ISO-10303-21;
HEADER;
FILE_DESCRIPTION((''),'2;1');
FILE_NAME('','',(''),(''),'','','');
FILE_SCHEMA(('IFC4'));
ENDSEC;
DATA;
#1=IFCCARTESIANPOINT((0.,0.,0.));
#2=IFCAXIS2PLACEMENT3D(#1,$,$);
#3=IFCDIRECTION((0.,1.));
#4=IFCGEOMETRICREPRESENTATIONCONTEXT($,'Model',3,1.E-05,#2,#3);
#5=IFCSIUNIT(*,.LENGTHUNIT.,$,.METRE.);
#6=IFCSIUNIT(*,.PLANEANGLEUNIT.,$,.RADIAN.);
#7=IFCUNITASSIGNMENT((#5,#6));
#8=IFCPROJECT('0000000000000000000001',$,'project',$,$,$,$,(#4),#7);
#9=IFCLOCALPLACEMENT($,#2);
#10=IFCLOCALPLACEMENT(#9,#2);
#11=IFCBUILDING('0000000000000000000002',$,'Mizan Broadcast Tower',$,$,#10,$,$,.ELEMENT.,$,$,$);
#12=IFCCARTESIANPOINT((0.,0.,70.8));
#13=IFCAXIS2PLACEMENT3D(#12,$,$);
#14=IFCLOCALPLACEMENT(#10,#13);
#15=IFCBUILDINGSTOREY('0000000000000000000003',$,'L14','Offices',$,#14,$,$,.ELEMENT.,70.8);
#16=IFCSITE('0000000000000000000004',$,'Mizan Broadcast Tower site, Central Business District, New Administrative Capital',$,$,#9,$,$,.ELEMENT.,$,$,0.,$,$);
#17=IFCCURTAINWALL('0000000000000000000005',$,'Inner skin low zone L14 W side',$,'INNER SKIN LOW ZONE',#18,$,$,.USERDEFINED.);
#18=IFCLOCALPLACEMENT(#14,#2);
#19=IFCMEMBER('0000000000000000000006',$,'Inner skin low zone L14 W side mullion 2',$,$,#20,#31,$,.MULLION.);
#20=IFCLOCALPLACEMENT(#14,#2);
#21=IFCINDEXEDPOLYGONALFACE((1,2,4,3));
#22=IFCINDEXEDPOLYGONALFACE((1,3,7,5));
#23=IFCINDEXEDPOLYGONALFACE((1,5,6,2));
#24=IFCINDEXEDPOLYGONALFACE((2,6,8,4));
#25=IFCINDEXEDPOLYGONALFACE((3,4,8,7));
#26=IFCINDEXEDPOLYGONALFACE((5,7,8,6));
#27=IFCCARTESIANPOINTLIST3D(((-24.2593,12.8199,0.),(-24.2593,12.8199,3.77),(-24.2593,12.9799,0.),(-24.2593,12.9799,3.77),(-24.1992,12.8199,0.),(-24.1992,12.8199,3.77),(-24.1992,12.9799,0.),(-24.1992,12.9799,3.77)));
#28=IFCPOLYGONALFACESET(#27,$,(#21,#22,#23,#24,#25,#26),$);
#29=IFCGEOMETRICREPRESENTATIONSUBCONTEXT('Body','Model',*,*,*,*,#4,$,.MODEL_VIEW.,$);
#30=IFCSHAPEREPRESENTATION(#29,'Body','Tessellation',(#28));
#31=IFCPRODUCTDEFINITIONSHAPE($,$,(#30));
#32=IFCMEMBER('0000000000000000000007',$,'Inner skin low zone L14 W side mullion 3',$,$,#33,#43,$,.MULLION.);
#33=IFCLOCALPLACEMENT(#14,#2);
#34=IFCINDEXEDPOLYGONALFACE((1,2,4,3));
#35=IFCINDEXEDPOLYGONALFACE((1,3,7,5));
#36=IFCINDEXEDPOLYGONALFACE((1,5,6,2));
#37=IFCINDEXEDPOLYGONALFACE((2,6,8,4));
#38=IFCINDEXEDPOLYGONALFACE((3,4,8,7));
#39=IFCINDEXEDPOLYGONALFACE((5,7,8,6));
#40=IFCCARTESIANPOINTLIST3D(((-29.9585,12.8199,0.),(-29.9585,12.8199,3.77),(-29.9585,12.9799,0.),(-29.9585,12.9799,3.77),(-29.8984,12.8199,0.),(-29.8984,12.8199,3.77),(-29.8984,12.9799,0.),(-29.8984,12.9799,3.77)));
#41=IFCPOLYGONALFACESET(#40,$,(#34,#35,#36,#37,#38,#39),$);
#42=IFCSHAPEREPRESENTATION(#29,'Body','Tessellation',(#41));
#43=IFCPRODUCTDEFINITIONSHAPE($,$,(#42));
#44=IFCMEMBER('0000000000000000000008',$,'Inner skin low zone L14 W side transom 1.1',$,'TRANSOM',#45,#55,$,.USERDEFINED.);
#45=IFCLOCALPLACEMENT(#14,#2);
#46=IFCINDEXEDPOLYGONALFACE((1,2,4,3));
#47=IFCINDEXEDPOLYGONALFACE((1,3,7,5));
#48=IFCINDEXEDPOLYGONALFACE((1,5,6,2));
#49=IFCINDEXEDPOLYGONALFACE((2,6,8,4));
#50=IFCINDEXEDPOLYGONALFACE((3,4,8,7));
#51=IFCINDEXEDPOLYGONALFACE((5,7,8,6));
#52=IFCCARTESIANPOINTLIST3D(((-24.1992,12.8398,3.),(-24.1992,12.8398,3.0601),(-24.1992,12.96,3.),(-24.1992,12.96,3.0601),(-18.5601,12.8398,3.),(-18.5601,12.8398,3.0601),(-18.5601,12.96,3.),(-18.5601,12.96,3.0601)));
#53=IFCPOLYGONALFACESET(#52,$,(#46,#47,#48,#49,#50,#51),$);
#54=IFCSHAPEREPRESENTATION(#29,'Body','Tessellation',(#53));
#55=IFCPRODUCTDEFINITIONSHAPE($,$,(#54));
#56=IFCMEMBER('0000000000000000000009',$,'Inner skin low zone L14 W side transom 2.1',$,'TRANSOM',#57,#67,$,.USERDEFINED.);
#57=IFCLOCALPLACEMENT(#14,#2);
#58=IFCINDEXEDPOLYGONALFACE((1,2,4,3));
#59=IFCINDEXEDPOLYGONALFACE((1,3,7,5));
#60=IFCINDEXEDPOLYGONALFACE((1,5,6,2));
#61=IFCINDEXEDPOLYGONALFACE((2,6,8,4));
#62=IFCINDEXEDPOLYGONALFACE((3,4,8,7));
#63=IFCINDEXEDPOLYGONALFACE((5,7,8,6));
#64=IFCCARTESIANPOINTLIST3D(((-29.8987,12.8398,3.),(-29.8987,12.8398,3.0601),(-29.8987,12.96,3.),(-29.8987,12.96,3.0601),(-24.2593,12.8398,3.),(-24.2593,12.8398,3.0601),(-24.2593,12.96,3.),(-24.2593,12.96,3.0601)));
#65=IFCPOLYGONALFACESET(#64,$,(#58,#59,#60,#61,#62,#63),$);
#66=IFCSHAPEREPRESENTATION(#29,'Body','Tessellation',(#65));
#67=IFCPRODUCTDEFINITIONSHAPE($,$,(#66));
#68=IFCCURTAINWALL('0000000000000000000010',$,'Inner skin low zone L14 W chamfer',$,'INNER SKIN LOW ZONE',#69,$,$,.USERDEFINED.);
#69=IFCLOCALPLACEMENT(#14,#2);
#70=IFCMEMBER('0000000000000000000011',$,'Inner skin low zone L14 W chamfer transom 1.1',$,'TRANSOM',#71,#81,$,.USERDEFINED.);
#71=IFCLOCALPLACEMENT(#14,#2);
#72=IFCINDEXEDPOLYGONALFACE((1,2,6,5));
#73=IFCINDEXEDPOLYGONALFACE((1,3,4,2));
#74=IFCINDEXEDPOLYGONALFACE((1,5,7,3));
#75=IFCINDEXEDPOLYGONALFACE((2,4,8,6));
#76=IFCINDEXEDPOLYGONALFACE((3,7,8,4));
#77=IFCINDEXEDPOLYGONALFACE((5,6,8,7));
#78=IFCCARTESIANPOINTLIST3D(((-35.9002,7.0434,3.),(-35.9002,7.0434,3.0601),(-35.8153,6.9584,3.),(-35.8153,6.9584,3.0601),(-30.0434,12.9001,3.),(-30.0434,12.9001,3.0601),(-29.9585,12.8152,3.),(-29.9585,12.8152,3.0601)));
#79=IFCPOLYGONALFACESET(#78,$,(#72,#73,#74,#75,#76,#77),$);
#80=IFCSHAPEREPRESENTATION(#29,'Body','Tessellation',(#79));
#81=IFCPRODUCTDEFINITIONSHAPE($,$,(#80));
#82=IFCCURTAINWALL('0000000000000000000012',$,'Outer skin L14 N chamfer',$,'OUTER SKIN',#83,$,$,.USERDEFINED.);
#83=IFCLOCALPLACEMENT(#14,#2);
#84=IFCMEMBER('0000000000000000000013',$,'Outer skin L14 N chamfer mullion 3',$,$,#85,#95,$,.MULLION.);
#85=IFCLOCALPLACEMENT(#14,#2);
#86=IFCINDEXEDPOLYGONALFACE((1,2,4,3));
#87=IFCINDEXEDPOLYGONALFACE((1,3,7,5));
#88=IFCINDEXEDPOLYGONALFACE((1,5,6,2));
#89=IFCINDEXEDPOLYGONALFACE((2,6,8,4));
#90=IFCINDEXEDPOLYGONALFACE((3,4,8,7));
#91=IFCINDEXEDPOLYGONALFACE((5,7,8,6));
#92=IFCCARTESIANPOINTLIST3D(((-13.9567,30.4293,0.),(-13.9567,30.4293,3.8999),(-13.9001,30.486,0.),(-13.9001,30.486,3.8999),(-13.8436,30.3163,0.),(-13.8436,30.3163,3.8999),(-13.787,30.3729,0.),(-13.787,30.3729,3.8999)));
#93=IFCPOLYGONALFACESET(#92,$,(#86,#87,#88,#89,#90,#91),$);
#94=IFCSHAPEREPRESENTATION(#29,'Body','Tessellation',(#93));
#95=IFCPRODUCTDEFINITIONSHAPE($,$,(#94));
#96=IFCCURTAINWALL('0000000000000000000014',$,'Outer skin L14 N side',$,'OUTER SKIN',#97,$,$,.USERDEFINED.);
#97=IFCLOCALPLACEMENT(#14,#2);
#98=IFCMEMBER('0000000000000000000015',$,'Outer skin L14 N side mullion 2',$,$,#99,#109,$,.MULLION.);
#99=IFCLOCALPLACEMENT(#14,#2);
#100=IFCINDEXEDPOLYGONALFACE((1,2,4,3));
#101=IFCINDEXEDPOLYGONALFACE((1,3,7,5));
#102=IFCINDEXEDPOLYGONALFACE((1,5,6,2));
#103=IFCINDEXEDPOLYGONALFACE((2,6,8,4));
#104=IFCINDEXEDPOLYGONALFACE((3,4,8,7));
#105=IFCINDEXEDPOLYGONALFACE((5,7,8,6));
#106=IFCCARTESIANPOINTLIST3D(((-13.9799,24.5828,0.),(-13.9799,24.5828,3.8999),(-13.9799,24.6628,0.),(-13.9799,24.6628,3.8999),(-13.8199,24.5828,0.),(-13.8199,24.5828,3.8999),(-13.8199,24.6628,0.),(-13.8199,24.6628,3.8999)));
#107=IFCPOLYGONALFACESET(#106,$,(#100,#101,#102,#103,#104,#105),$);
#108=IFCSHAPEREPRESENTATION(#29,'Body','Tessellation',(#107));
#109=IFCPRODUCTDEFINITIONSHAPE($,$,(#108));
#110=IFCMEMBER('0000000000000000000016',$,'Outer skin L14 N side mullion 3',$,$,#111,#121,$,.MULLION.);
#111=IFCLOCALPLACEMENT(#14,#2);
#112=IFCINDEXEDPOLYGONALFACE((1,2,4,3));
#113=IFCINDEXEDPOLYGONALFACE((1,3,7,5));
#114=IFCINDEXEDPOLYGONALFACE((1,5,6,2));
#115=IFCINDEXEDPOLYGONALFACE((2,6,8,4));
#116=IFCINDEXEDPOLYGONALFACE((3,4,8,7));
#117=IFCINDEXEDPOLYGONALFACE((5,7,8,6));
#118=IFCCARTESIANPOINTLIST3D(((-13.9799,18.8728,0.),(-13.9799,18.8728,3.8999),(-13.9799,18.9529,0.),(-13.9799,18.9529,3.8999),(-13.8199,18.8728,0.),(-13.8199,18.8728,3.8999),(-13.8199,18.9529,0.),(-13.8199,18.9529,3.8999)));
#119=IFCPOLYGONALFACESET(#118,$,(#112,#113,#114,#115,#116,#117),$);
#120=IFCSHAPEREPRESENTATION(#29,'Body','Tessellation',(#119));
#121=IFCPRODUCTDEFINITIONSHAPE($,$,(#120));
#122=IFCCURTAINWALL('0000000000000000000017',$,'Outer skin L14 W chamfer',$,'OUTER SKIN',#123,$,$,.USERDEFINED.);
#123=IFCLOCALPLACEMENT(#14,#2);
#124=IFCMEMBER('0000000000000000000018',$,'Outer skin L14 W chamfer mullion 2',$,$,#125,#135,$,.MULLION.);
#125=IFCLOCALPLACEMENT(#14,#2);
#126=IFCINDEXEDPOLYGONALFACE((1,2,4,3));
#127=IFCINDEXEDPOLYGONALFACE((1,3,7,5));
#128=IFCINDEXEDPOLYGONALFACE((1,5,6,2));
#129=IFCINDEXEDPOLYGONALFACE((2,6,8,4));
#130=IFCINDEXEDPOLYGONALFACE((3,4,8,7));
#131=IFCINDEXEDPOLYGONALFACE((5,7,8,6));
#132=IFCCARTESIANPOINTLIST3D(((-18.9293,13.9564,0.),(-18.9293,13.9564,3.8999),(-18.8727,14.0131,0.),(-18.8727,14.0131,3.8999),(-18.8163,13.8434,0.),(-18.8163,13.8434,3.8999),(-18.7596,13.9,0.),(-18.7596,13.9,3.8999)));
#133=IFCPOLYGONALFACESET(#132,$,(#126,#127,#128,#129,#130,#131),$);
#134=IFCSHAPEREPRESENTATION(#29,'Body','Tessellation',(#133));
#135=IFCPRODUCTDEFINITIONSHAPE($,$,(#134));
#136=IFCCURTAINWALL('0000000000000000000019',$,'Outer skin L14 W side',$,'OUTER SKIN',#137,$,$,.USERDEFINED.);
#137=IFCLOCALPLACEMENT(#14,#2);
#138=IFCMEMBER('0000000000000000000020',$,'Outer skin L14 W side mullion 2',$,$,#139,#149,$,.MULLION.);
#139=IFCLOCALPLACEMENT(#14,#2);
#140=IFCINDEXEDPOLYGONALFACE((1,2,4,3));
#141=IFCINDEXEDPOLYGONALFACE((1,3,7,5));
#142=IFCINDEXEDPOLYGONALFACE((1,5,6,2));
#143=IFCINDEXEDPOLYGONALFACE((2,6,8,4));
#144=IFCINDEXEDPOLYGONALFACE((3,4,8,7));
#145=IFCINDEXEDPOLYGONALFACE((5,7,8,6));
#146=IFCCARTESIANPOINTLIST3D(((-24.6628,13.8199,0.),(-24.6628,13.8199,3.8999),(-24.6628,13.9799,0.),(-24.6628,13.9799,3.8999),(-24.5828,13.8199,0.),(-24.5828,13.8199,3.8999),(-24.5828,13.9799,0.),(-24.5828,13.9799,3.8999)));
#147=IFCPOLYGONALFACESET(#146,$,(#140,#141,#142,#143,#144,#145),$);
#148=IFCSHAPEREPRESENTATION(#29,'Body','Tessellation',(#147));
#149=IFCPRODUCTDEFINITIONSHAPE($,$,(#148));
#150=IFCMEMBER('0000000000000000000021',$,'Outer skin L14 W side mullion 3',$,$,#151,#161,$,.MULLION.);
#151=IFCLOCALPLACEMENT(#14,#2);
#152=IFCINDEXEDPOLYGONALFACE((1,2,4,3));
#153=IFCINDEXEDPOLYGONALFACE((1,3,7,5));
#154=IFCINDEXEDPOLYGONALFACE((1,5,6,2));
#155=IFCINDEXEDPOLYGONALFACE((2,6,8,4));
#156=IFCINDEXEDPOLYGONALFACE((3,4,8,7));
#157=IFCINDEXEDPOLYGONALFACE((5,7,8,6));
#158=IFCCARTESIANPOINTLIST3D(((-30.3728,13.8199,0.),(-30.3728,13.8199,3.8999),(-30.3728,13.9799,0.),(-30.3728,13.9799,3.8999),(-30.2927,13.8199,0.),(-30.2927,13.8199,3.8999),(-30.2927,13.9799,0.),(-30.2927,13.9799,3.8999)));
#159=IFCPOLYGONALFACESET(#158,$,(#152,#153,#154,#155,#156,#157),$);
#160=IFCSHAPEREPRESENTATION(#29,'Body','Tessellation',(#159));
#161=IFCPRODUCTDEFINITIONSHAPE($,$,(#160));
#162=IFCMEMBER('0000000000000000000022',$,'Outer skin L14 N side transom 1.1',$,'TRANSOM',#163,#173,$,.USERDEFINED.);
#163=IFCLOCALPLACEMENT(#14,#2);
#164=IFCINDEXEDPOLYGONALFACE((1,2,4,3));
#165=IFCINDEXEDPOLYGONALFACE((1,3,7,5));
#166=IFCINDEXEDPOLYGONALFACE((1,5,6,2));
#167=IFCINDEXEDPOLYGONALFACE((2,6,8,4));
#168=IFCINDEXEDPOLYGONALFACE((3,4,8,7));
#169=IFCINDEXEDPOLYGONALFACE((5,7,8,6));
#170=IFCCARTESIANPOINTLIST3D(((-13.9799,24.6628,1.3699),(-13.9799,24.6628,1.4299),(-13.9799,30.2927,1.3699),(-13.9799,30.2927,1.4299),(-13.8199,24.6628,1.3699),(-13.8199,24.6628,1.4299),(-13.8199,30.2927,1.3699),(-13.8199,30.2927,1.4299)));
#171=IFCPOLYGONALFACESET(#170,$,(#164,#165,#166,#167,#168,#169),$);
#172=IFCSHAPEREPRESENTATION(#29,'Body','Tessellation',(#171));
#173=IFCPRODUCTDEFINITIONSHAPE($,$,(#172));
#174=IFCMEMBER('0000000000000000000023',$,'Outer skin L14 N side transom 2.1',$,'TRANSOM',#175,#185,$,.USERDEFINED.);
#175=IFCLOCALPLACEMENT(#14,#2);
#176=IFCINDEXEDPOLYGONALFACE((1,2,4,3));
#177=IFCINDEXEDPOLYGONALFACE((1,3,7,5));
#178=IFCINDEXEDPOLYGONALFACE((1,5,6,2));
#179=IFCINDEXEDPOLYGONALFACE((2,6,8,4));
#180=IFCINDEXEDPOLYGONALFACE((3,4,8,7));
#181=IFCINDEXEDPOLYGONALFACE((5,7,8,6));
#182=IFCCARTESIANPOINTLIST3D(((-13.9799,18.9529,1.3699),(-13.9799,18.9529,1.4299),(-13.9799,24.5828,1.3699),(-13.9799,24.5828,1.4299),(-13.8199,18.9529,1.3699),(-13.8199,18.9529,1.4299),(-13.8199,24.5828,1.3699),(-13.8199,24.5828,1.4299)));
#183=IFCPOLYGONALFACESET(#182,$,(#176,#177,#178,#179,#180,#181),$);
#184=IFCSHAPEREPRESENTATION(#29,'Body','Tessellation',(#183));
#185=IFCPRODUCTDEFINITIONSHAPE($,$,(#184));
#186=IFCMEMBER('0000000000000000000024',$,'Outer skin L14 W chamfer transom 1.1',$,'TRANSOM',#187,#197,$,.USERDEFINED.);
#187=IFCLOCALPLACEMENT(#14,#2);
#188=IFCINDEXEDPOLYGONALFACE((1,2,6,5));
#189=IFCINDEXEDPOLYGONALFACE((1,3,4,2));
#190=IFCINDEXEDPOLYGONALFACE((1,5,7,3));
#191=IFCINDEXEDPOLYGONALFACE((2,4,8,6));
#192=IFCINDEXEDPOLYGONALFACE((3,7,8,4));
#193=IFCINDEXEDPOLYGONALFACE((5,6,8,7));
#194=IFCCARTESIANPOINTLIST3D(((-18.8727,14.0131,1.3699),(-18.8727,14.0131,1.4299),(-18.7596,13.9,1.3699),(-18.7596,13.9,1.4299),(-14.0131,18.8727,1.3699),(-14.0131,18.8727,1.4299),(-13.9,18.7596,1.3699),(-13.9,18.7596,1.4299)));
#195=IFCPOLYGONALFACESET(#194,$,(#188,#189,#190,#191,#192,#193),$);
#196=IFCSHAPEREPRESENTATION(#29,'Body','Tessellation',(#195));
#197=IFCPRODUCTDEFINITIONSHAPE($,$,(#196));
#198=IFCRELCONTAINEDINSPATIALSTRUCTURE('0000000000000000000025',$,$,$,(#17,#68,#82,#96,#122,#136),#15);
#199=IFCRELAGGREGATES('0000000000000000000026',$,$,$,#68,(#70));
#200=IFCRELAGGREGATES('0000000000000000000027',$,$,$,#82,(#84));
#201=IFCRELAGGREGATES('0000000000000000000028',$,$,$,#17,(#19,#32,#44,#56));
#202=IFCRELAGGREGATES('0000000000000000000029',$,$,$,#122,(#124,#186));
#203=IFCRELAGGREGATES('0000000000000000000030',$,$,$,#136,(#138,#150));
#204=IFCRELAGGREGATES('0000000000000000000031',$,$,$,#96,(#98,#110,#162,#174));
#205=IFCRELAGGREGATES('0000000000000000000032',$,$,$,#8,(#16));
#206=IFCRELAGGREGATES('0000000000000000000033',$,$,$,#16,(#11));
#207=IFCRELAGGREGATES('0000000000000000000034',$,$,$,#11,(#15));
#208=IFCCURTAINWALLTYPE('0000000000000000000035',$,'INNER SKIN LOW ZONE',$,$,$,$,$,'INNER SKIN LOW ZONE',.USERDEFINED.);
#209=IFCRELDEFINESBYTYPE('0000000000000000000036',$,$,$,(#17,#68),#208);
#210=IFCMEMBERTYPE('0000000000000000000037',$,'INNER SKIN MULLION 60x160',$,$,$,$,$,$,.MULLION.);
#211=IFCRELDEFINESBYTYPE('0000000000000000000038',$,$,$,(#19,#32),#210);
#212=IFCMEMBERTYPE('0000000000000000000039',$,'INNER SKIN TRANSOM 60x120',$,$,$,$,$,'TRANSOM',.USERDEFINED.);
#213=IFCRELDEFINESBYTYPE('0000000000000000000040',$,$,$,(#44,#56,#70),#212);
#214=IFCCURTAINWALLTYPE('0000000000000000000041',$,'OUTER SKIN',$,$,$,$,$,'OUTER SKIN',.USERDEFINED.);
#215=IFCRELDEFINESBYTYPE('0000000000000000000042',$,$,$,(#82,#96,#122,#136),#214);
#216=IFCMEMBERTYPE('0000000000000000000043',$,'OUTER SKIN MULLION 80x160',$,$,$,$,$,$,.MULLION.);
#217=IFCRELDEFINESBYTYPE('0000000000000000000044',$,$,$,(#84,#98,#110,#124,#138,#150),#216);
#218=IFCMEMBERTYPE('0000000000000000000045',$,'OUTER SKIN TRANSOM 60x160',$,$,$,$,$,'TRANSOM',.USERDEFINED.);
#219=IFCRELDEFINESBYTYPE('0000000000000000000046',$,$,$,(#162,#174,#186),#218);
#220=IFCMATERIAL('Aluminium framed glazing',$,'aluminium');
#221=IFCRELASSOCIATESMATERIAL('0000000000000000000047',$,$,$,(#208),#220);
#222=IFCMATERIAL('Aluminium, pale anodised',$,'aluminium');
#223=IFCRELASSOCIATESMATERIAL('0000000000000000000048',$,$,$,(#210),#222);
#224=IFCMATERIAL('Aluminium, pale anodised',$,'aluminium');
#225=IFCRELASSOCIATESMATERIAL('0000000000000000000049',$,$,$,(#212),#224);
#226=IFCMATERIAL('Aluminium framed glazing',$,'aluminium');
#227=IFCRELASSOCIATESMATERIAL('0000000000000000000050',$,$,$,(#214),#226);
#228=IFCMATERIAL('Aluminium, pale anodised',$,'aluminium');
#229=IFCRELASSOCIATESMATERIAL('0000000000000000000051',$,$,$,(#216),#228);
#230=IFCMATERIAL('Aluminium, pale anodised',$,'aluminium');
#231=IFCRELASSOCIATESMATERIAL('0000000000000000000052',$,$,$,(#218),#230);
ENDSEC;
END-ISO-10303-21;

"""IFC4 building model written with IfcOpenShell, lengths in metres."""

from ifc_helpers import new_model, si_unit, direction, frame, origin, origin_2d, place, context, subcontext, project, spatial, rectangle, extrude, material, material_profile, profile_set, type_object, element, aggregate, save


model = new_model("IFC4")

# Units and contexts
model_context = context("Model", 3, precision=1e-05, world=origin(), true_north=direction((0.0, 1.0)))
body_context = subcontext(model_context, "Body", "Model", "MODEL_VIEW")
ifc_project = project(units=[si_unit("LENGTHUNIT", "METRE"), si_unit("PLANEANGLEUNIT", "RADIAN")], contexts=[model_context])

# Site, building, storey
site_placement = place(None, origin())
site = spatial("IfcSite", under=ifc_project, at=site_placement, Name="Mizan Broadcast Tower site, Central Business District, New Administrative Capital", CompositionType="ELEMENT", RefElevation=0.0)
building_placement = place(site_placement, origin())
building = spatial("IfcBuilding", under=site, at=building_placement, Name="Mizan Broadcast Tower", CompositionType="ELEMENT")
storey_placement = place(building_placement, frame((0.0, 0.0, 70.8)))
storey = spatial("IfcBuildingStorey", under=building, at=storey_placement, Name="L14", Description="Offices", CompositionType="ELEMENT", Elevation=70.8)

# Curtain wall, members
ifc_material_1 = material(Name="Aluminium framed glazing", Category="aluminium")
curtain_wall_type_1 = type_object("IfcCurtainWallType", Name="INNER SKIN LOW ZONE", ElementType="INNER SKIN LOW ZONE", PredefinedType="USERDEFINED", material=ifc_material_1)
curtain_wall_1_placement = place(storey_placement, origin())
curtain_wall_1 = element("IfcCurtainWall", 1, at=curtain_wall_1_placement, inside=storey, type_object=curtain_wall_type_1, Name="Inner skin low zone L14 W side", ObjectType="INNER SKIN LOW ZONE", PredefinedType="USERDEFINED")
ifc_material_2 = material(Name="Aluminium, pale anodised", Category="aluminium")
ifc_material_profile_1 = material_profile(ifc_material_2, rectangle(XDim=0.1599, YDim=0.0601, at=origin_2d()), Name="MULLION 160x60")
ifc_profile_set_1 = profile_set([ifc_material_profile_1], Name="Aluminium, pale anodised")
member_type_1 = type_object("IfcMemberType", Name="INNER SKIN MULLION 60x160", PredefinedType="MULLION", material=ifc_profile_set_1)
member_1_placement = place(storey_placement, frame((-24.2292, 12.8999, 0.0), z_axis=(0.0, 0.0, 1.0), x_axis=(0.0, -1.0, 0.0)))
member_1 = element("IfcMember", 2, at=member_1_placement, type_object=member_type_1, Name="Inner skin low zone L14 W side mullion 2", PredefinedType="MULLION", context=body_context, shape_type="SweptSolid", body=[
    extrude(rectangle(XDim=0.1599, YDim=0.0601, at=origin_2d()), origin(), (0.0, 0.0, 1.0), 3.77),
])
member_2_placement = place(storey_placement, frame((-29.9285, 12.8999, 0.0), z_axis=(0.0, 0.0, 1.0), x_axis=(0.0, -1.0, 0.0)))
member_2 = element("IfcMember", 3, at=member_2_placement, type_object=member_type_1, Name="Inner skin low zone L14 W side mullion 3", PredefinedType="MULLION", context=body_context, shape_type="SweptSolid", body=[
    extrude(rectangle(XDim=0.1599, YDim=0.0601, at=origin_2d()), origin(), (0.0, 0.0, 1.0), 3.77),
])
ifc_material_3 = material(Name="Aluminium, pale anodised", Category="aluminium")
ifc_material_profile_2 = material_profile(ifc_material_3, rectangle(XDim=0.1201, YDim=0.0601, at=origin_2d()), Name="TRANSOM 120x60")
ifc_profile_set_2 = profile_set([ifc_material_profile_2], Name="Aluminium, pale anodised")
member_type_2 = type_object("IfcMemberType", Name="INNER SKIN TRANSOM 60x120", ElementType="TRANSOM", PredefinedType="USERDEFINED", material=ifc_profile_set_2)
member_3_placement = place(storey_placement, frame((-18.5601, 12.8999, 3.03), z_axis=(-1.0, 0.0, 0.0), x_axis=(0.0, -1.0, 0.0)))
member_3 = element("IfcMember", 4, at=member_3_placement, type_object=member_type_2, Name="Inner skin low zone L14 W side transom 1.1", ObjectType="TRANSOM", PredefinedType="USERDEFINED", context=body_context, shape_type="SweptSolid", body=[
    extrude(rectangle(XDim=0.1201, YDim=0.0601, at=origin_2d()), origin(), (0.0, 0.0, 1.0), 5.6392),
])
member_4_placement = place(storey_placement, frame((-24.2593, 12.8999, 3.03), z_axis=(-1.0, 0.0, 0.0), x_axis=(0.0, -1.0, 0.0)))
member_4 = element("IfcMember", 5, at=member_4_placement, type_object=member_type_2, Name="Inner skin low zone L14 W side transom 2.1", ObjectType="TRANSOM", PredefinedType="USERDEFINED", context=body_context, shape_type="SweptSolid", body=[
    extrude(rectangle(XDim=0.1201, YDim=0.0601, at=origin_2d()), origin(), (0.0, 0.0, 1.0), 5.6394),
])

# Curtain walls, members
curtain_wall_2_placement = place(storey_placement, origin())
curtain_wall_2 = element("IfcCurtainWall", 6, at=curtain_wall_2_placement, inside=storey, type_object=curtain_wall_type_1, Name="Inner skin low zone L14 W chamfer", ObjectType="INNER SKIN LOW ZONE", PredefinedType="USERDEFINED")
member_5_placement = place(storey_placement, frame((-30.001, 12.8577, 3.03), z_axis=(-0.707107, -0.707107, 0.0), x_axis=(0.707107, -0.707107, 0.0)))
member_5 = element("IfcMember", 7, at=member_5_placement, type_object=member_type_2, Name="Inner skin low zone L14 W chamfer transom 1.1", ObjectType="TRANSOM", PredefinedType="USERDEFINED", context=body_context, shape_type="SweptSolid", body=[
    extrude(rectangle(XDim=0.1201, YDim=0.0601, at=origin_2d()), origin(), (0.0, 0.0, 1.0), 8.2827),
])
aggregate(curtain_wall_2, [member_5])
ifc_material_4 = material(Name="Aluminium framed glazing", Category="aluminium")
curtain_wall_type_2 = type_object("IfcCurtainWallType", Name="OUTER SKIN", ElementType="OUTER SKIN", PredefinedType="USERDEFINED", material=ifc_material_4)
curtain_wall_3_placement = place(storey_placement, origin())
curtain_wall_3 = element("IfcCurtainWall", 8, at=curtain_wall_3_placement, inside=storey, type_object=curtain_wall_type_2, Name="Outer skin L14 N chamfer", ObjectType="OUTER SKIN", PredefinedType="USERDEFINED")
ifc_material_5 = material(Name="Aluminium, pale anodised", Category="aluminium")
ifc_material_profile_3 = material_profile(ifc_material_5, rectangle(XDim=0.1599, YDim=0.0801, at=origin_2d()), Name="MULLION 160x80")
ifc_profile_set_3 = profile_set([ifc_material_profile_3], Name="Aluminium, pale anodised")
member_type_3 = type_object("IfcMemberType", Name="OUTER SKIN MULLION 80x160", PredefinedType="MULLION", material=ifc_profile_set_3)
member_6_placement = place(storey_placement, frame((-13.8718, 30.4011, 0.0), z_axis=(0.0, 0.0, 1.0), x_axis=(0.707107, -0.707107, 0.0)))
member_6 = element("IfcMember", 9, at=member_6_placement, type_object=member_type_3, Name="Outer skin L14 N chamfer mullion 3", PredefinedType="MULLION", context=body_context, shape_type="SweptSolid", body=[
    extrude(rectangle(XDim=0.1599, YDim=0.0801, at=origin_2d()), origin(), (0.0, 0.0, 1.0), 3.8999),
])
aggregate(curtain_wall_3, [member_6])

# Curtain wall, members
curtain_wall_4_placement = place(storey_placement, origin())
curtain_wall_4 = element("IfcCurtainWall", 10, at=curtain_wall_4_placement, inside=storey, type_object=curtain_wall_type_2, Name="Outer skin L14 N side", ObjectType="OUTER SKIN", PredefinedType="USERDEFINED")
member_7_placement = place(storey_placement, frame((-13.8999, 24.6228, 0.0), z_axis=(0.0, 0.0, 1.0), x_axis=(1.0, 0.0, 0.0)))
member_7 = element("IfcMember", 11, at=member_7_placement, type_object=member_type_3, Name="Outer skin L14 N side mullion 2", PredefinedType="MULLION", context=body_context, shape_type="SweptSolid", body=[
    extrude(rectangle(XDim=0.1599, YDim=0.0801, at=origin_2d()), origin(), (0.0, 0.0, 1.0), 3.8999),
])
member_8_placement = place(storey_placement, frame((-13.8999, 18.9128, 0.0), z_axis=(0.0, 0.0, 1.0), x_axis=(1.0, 0.0, 0.0)))
member_8 = element("IfcMember", 12, at=member_8_placement, type_object=member_type_3, Name="Outer skin L14 N side mullion 3", PredefinedType="MULLION", context=body_context, shape_type="SweptSolid", body=[
    extrude(rectangle(XDim=0.1599, YDim=0.0801, at=origin_2d()), origin(), (0.0, 0.0, 1.0), 3.8999),
])

# Curtain wall, member
curtain_wall_5_placement = place(storey_placement, origin())
curtain_wall_5 = element("IfcCurtainWall", 13, at=curtain_wall_5_placement, inside=storey, type_object=curtain_wall_type_2, Name="Outer skin L14 W chamfer", ObjectType="OUTER SKIN", PredefinedType="USERDEFINED")
member_9_placement = place(storey_placement, frame((-18.8445, 13.9282, 0.0), z_axis=(0.0, 0.0, 1.0), x_axis=(0.707107, -0.707107, 0.0)))
member_9 = element("IfcMember", 14, at=member_9_placement, type_object=member_type_3, Name="Outer skin L14 W chamfer mullion 2", PredefinedType="MULLION", context=body_context, shape_type="SweptSolid", body=[
    extrude(rectangle(XDim=0.1599, YDim=0.0801, at=origin_2d()), origin(), (0.0, 0.0, 1.0), 3.8999),
])

# Curtain wall, members
curtain_wall_6_placement = place(storey_placement, origin())
curtain_wall_6 = element("IfcCurtainWall", 15, at=curtain_wall_6_placement, inside=storey, type_object=curtain_wall_type_2, Name="Outer skin L14 W side", ObjectType="OUTER SKIN", PredefinedType="USERDEFINED")
member_10_placement = place(storey_placement, frame((-24.6228, 13.8999, 0.0), z_axis=(0.0, 0.0, 1.0), x_axis=(0.0, -1.0, 0.0)))
member_10 = element("IfcMember", 16, at=member_10_placement, type_object=member_type_3, Name="Outer skin L14 W side mullion 2", PredefinedType="MULLION", context=body_context, shape_type="SweptSolid", body=[
    extrude(rectangle(XDim=0.1599, YDim=0.0801, at=origin_2d()), origin(), (0.0, 0.0, 1.0), 3.8999),
])
member_11_placement = place(storey_placement, frame((-30.3328, 13.8999, 0.0), z_axis=(0.0, 0.0, 1.0), x_axis=(0.0, -1.0, 0.0)))
member_11 = element("IfcMember", 17, at=member_11_placement, type_object=member_type_3, Name="Outer skin L14 W side mullion 3", PredefinedType="MULLION", context=body_context, shape_type="SweptSolid", body=[
    extrude(rectangle(XDim=0.1599, YDim=0.0801, at=origin_2d()), origin(), (0.0, 0.0, 1.0), 3.8999),
])

# Members
ifc_material_6 = material(Name="Aluminium, pale anodised", Category="aluminium")
ifc_material_profile_4 = material_profile(ifc_material_6, rectangle(XDim=0.1599, YDim=0.0601, at=origin_2d()), Name="TRANSOM 160x60")
ifc_profile_set_4 = profile_set([ifc_material_profile_4], Name="Aluminium, pale anodised")
member_type_4 = type_object("IfcMemberType", Name="OUTER SKIN TRANSOM 60x160", ElementType="TRANSOM", PredefinedType="USERDEFINED", material=ifc_profile_set_4)
member_12_placement = place(storey_placement, frame((-13.8999, 30.2927, 1.3999), z_axis=(0.0, -1.0, 0.0), x_axis=(1.0, 0.0, 0.0)))
member_12 = element("IfcMember", 18, at=member_12_placement, type_object=member_type_4, Name="Outer skin L14 N side transom 1.1", ObjectType="TRANSOM", PredefinedType="USERDEFINED", context=body_context, shape_type="SweptSolid", body=[
    extrude(rectangle(XDim=0.1599, YDim=0.0601, at=origin_2d()), origin(), (0.0, 0.0, 1.0), 5.6299),
])
member_13_placement = place(storey_placement, frame((-13.8999, 24.5828, 1.3999), z_axis=(0.0, -1.0, 0.0), x_axis=(1.0, 0.0, 0.0)))
member_13 = element("IfcMember", 19, at=member_13_placement, type_object=member_type_4, Name="Outer skin L14 N side transom 2.1", ObjectType="TRANSOM", PredefinedType="USERDEFINED", context=body_context, shape_type="SweptSolid", body=[
    extrude(rectangle(XDim=0.1599, YDim=0.0601, at=origin_2d()), origin(), (0.0, 0.0, 1.0), 5.6299),
])
member_14_placement = place(storey_placement, frame((-13.9565, 18.8162, 1.3999), z_axis=(-0.707107, -0.707107, 0.0), x_axis=(0.707107, -0.707107, 0.0)))
member_14 = element("IfcMember", 20, at=member_14_placement, type_object=member_type_4, Name="Outer skin L14 W chamfer transom 1.1", ObjectType="TRANSOM", PredefinedType="USERDEFINED", context=body_context, shape_type="SweptSolid", body=[
    extrude(rectangle(XDim=0.1599, YDim=0.0601, at=origin_2d()), origin(), (0.0, 0.0, 1.0), 6.8726),
])

aggregate(curtain_wall_1, [member_1, member_2, member_3, member_4])
aggregate(curtain_wall_5, [member_9, member_14])
aggregate(curtain_wall_6, [member_10, member_11])
aggregate(curtain_wall_4, [member_7, member_8, member_12, member_13])

save(model, "model.ifc")
